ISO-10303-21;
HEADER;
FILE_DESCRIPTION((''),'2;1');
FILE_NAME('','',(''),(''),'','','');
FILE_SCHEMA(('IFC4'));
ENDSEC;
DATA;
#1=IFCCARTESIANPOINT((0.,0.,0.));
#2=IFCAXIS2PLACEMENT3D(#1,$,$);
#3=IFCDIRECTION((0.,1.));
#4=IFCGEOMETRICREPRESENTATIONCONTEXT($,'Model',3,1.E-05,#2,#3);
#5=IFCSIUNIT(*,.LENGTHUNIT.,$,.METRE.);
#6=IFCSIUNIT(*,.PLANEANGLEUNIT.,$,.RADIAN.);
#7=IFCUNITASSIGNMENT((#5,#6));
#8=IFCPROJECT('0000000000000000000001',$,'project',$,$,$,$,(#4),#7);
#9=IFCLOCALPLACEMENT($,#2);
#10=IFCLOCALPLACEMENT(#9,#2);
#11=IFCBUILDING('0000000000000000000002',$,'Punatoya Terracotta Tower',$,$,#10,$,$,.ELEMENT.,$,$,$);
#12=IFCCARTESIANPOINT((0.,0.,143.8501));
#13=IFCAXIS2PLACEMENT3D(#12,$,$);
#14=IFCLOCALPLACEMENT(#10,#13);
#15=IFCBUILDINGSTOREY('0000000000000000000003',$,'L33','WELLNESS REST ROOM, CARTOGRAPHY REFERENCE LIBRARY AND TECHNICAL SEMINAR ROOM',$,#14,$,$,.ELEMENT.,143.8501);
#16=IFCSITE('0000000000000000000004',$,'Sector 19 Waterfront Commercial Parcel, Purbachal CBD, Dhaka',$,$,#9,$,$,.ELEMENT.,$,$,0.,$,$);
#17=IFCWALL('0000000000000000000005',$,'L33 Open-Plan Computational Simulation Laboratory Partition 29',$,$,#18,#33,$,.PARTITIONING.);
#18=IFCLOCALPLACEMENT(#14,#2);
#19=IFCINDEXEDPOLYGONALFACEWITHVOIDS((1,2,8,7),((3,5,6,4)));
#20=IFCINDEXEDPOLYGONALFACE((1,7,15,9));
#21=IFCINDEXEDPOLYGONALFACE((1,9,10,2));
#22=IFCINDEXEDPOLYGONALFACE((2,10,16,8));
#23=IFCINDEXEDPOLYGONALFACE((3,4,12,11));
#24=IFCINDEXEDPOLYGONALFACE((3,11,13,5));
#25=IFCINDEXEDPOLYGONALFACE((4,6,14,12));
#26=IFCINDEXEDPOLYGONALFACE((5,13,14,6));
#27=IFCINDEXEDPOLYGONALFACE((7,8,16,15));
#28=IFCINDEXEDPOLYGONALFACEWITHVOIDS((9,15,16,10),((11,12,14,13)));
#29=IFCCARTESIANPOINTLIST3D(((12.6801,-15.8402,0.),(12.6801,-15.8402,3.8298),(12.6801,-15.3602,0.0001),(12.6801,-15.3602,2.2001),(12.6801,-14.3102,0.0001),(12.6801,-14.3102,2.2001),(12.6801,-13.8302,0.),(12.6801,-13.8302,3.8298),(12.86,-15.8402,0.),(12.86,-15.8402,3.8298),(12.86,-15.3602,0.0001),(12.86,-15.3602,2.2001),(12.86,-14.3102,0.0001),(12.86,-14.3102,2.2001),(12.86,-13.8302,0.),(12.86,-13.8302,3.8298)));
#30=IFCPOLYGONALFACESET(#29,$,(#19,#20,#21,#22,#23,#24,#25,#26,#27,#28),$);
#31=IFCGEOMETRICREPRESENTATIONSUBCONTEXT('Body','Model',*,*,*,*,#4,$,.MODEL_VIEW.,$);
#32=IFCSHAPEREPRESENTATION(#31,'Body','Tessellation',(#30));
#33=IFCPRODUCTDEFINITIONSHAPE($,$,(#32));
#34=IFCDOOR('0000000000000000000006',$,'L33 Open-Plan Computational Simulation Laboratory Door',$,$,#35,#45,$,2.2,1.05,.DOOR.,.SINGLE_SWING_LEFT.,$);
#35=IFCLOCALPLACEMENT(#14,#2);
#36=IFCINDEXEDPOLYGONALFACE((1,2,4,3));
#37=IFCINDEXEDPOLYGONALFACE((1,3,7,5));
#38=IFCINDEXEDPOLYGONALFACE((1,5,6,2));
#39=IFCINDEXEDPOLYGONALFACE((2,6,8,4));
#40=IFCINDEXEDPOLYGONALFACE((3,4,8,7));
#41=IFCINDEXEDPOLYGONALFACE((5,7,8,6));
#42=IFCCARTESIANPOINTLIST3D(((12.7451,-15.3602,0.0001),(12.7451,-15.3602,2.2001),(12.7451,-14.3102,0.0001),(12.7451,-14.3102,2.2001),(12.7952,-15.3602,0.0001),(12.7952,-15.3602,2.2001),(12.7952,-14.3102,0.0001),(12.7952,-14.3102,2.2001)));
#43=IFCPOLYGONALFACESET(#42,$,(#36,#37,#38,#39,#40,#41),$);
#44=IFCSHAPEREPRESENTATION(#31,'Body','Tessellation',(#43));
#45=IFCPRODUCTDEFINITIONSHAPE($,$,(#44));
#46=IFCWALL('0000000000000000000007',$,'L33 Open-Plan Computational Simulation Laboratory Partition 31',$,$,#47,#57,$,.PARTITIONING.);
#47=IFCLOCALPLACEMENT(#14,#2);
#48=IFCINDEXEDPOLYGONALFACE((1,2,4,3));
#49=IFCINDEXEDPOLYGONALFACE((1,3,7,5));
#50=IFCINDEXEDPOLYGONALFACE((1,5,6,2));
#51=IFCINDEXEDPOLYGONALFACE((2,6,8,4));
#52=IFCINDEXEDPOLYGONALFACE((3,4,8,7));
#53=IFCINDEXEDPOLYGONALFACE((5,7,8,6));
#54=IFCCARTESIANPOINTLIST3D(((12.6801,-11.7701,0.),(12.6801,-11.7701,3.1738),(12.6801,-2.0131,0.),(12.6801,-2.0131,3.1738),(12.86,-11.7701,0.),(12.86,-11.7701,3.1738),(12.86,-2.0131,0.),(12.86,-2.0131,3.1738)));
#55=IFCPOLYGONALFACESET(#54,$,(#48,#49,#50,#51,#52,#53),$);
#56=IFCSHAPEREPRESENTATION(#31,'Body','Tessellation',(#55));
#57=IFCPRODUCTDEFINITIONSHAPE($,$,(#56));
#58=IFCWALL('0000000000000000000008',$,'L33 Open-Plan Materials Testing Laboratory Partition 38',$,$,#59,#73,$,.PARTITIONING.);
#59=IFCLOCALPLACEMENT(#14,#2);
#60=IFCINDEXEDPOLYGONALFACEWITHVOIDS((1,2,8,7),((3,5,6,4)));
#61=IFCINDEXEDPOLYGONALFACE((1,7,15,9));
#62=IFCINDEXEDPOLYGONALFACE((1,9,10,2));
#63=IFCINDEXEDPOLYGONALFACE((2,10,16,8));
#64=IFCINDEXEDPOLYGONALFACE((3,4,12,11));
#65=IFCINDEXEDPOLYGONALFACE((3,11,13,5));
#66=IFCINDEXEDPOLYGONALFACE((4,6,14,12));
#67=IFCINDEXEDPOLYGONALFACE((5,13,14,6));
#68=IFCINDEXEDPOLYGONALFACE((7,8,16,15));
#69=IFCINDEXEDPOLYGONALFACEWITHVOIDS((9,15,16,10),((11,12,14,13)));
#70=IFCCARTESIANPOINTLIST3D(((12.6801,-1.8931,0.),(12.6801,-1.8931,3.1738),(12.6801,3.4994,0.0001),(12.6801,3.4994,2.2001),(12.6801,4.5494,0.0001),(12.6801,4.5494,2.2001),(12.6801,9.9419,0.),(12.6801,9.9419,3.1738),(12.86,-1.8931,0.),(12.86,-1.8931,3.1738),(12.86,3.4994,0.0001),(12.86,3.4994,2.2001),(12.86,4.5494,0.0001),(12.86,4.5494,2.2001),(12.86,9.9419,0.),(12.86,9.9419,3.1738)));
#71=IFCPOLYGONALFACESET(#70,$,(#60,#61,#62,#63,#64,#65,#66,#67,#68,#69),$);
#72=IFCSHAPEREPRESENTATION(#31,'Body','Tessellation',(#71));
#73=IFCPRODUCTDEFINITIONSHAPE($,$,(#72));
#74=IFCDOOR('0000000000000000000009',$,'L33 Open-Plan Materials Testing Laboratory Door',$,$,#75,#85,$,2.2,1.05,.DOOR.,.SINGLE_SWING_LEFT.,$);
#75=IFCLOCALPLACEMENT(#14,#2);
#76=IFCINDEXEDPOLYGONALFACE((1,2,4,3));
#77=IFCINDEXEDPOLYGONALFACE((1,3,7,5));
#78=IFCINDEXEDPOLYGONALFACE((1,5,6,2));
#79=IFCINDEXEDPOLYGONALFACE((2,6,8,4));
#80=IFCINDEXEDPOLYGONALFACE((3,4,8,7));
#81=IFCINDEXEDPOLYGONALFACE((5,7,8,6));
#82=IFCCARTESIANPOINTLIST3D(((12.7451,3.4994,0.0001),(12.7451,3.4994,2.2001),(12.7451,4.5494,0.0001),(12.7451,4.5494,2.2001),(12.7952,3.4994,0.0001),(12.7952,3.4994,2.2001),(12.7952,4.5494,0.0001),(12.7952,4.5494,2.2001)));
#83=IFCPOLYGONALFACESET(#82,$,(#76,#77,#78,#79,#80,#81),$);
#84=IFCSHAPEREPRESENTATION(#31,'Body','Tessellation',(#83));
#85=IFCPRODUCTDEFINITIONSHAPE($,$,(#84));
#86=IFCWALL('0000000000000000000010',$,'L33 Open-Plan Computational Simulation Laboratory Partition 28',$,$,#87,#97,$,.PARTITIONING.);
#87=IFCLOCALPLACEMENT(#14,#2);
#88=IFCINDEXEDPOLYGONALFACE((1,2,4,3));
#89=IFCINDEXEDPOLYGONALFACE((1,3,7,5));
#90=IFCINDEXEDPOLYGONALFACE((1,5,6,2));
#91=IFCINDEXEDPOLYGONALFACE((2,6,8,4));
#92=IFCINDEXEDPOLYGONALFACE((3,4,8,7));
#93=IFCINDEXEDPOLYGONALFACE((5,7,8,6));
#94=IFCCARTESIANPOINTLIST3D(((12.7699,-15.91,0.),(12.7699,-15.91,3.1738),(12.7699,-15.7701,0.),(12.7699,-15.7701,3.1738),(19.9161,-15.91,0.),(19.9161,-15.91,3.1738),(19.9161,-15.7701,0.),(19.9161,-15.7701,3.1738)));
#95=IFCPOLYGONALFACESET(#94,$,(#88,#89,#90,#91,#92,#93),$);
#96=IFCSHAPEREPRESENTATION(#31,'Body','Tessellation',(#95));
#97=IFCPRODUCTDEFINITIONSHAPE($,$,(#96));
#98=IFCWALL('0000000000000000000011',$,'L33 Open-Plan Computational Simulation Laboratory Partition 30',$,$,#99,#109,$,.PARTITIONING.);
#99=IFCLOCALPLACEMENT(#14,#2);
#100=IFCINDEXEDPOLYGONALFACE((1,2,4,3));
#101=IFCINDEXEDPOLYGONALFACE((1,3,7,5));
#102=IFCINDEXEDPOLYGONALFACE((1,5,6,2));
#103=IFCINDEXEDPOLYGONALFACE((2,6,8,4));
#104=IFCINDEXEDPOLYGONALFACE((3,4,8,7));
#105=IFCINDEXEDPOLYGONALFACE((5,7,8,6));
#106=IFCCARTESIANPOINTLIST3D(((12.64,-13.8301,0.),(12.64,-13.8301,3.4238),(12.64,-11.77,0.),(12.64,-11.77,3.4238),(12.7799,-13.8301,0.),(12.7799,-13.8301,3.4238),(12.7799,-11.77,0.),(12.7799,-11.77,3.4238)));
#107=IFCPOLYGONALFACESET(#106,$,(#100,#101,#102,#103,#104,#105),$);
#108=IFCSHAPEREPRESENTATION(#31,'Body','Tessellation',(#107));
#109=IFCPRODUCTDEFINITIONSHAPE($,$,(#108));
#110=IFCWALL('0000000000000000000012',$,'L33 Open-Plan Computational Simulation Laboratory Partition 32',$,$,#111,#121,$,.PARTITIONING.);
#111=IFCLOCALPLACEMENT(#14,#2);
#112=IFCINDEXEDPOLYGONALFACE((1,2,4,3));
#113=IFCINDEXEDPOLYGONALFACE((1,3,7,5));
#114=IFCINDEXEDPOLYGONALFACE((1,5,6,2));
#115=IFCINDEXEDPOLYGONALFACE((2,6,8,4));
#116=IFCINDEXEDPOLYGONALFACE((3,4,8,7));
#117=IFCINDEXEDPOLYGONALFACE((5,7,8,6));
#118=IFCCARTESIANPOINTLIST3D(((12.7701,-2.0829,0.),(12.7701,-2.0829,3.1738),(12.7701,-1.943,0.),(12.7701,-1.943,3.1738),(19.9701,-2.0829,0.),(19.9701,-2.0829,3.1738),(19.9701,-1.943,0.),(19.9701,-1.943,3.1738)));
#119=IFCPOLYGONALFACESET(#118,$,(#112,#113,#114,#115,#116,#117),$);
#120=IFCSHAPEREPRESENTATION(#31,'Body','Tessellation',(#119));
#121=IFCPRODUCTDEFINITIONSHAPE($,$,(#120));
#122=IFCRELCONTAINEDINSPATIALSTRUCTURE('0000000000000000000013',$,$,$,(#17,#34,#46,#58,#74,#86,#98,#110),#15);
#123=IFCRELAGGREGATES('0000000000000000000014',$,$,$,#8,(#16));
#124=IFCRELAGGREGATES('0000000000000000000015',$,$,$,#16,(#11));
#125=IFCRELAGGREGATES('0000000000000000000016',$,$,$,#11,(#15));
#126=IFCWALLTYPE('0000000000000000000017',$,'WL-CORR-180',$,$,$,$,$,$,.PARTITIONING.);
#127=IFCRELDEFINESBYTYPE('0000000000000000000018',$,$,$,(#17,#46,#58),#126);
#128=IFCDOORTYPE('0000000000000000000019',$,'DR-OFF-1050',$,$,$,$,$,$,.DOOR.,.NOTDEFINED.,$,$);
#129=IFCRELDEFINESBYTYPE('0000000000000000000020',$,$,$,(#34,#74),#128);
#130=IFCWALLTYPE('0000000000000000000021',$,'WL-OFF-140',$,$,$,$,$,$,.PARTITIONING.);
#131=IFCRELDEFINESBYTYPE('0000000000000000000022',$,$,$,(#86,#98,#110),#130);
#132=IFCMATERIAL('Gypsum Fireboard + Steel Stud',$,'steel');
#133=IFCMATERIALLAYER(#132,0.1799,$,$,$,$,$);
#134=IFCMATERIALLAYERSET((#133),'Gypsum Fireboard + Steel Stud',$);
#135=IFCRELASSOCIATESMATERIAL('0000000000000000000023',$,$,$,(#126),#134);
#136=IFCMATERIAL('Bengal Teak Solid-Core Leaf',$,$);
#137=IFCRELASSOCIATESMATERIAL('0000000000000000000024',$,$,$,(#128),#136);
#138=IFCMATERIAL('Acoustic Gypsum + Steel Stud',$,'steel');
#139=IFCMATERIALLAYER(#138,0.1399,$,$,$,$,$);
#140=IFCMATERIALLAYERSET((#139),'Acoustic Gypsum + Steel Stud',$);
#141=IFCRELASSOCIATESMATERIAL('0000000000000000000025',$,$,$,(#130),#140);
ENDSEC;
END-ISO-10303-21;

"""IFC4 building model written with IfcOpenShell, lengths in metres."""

from ifc_helpers import new_model, si_unit, direction, frame, frame_2d, origin, place, context, subcontext, project, spatial, rectangle, extrude, material, layer, layer_set, type_object, element, fill, save


model = new_model("IFC4")

# Units and contexts
model_context = context("Model", 3, precision=1e-05, world=origin(), true_north=direction((0.0, 1.0)))
body_context = subcontext(model_context, "Body", "Model", "MODEL_VIEW")
ifc_project = project(units=[si_unit("LENGTHUNIT", "METRE"), si_unit("PLANEANGLEUNIT", "RADIAN")], contexts=[model_context])

# Site, building, storey
site_placement = place(None, origin())
site = spatial("IfcSite", under=ifc_project, at=site_placement, Name="Sector 19 Waterfront Commercial Parcel, Purbachal CBD, Dhaka", CompositionType="ELEMENT", RefElevation=0.0)
building_placement = place(site_placement, origin())
building = spatial("IfcBuilding", under=site, at=building_placement, Name="Punatoya Terracotta Tower", CompositionType="ELEMENT")
storey_placement = place(building_placement, frame((0.0, 0.0, 143.8501)))
storey = spatial("IfcBuildingStorey", under=building, at=storey_placement, Name="L33", Description="WELLNESS REST ROOM, CARTOGRAPHY REFERENCE LIBRARY AND TECHNICAL SEMINAR ROOM", CompositionType="ELEMENT", Elevation=143.8501)

# Wall, opening, door
ifc_material_1 = material(Name="Gypsum Fireboard + Steel Stud", Category="steel")
ifc_layer_1 = layer(ifc_material_1, 0.1799)
ifc_layer_set_1 = layer_set([ifc_layer_1], Name="Gypsum Fireboard + Steel Stud")
wall_type_1 = type_object("IfcWallType", Name="WL-CORR-180", PredefinedType="PARTITIONING", material=ifc_layer_set_1)
wall_1_placement = place(storey_placement, frame((12.77, -15.8401, 0.0), z_axis=(0.0, 0.0, 1.0), x_axis=(0.0, 1.0, 0.0)))
wall_1 = element("IfcWall", 1, at=wall_1_placement, inside=storey, type_object=wall_type_1, Name="L33 Open-Plan Computational Simulation Laboratory Partition 29", PredefinedType="PARTITIONING", context=body_context, shape_type="SweptSolid", body=[
    extrude(rectangle(XDim=2.01, YDim=0.1799, at=frame_2d((1.0049, 0.0))), origin(), (0.0, 0.0, 1.0), 3.8298),
])
opening_1_placement = place(wall_1_placement, frame((0.48, 0.0, 0.0)))
opening_1 = element("IfcOpeningElement", 2, at=opening_1_placement, cuts=wall_1, PredefinedType="OPENING", context=body_context, shape_type="SweptSolid", body=[
    extrude(rectangle(XDim=1.05, YDim=2.2, at=frame_2d((0.5249, 1.1001))), frame((0.0, 0.0999, 0.0), z_axis=(0.0, -1.0, 0.0), x_axis=(1.0, 0.0, 0.0)), (0.0, 0.0, 1.0), 0.2),
])
ifc_material_2 = material(Name="Bengal Teak Solid-Core Leaf")
door_type = type_object("IfcDoorType", Name="DR-OFF-1050", OperationType="NOTDEFINED", PredefinedType="DOOR", material=ifc_material_2)
door_1_placement = place(opening_1_placement, origin())
door_1 = element("IfcDoor", 3, at=door_1_placement, inside=storey, type_object=door_type, Name="L33 Open-Plan Computational Simulation Laboratory Door", OperationType="SINGLE_SWING_LEFT", OverallHeight=2.2, OverallWidth=1.05, PredefinedType="DOOR", context=body_context, shape_type="SweptSolid", body=[
    extrude(rectangle(XDim=1.05, YDim=2.2, at=frame_2d((0.5249, 1.1001))), frame((0.0, 0.0249, 0.0), z_axis=(0.0, -1.0, 0.0), x_axis=(1.0, 0.0, 0.0)), (0.0, 0.0, 1.0), 0.05),
])
fill(opening_1, door_1)

# Wall
wall_2_placement = place(storey_placement, frame((12.77, -11.77, 0.0), z_axis=(0.0, 0.0, 1.0), x_axis=(0.0, 1.0, 0.0)))
element("IfcWall", 4, at=wall_2_placement, inside=storey, type_object=wall_type_1, Name="L33 Open-Plan Computational Simulation Laboratory Partition 31", PredefinedType="PARTITIONING", context=body_context, shape_type="SweptSolid", body=[
    extrude(rectangle(XDim=9.7571, YDim=0.1799, at=frame_2d((4.8784, 0.0))), origin(), (0.0, 0.0, 1.0), 3.1738),
])

# Wall, opening, door
wall_3_placement = place(storey_placement, frame((12.77, -1.8931, 0.0), z_axis=(0.0, 0.0, 1.0), x_axis=(0.0, 1.0, 0.0)))
wall_3 = element("IfcWall", 5, at=wall_3_placement, inside=storey, type_object=wall_type_1, Name="L33 Open-Plan Materials Testing Laboratory Partition 38", PredefinedType="PARTITIONING", context=body_context, shape_type="SweptSolid", body=[
    extrude(rectangle(XDim=11.835, YDim=0.1799, at=frame_2d((5.9175, 0.0))), origin(), (0.0, 0.0, 1.0), 3.1738),
])
opening_2_placement = place(wall_3_placement, frame((5.3926, 0.0, 0.0)))
opening_2 = element("IfcOpeningElement", 6, at=opening_2_placement, cuts=wall_3, PredefinedType="OPENING", context=body_context, shape_type="SweptSolid", body=[
    extrude(rectangle(XDim=1.05, YDim=2.2, at=frame_2d((0.5249, 1.1001))), frame((0.0, 0.0999, 0.0), z_axis=(0.0, -1.0, 0.0), x_axis=(1.0, 0.0, 0.0)), (0.0, 0.0, 1.0), 0.2),
])
door_2_placement = place(opening_2_placement, origin())
door_2 = element("IfcDoor", 7, at=door_2_placement, inside=storey, type_object=door_type, Name="L33 Open-Plan Materials Testing Laboratory Door", OperationType="SINGLE_SWING_LEFT", OverallHeight=2.2, OverallWidth=1.05, PredefinedType="DOOR", context=body_context, shape_type="SweptSolid", body=[
    extrude(rectangle(XDim=1.05, YDim=2.2, at=frame_2d((0.5249, 1.1001))), frame((0.0, 0.0249, 0.0), z_axis=(0.0, -1.0, 0.0), x_axis=(1.0, 0.0, 0.0)), (0.0, 0.0, 1.0), 0.05),
])
fill(opening_2, door_2)

# Walls
ifc_material_3 = material(Name="Acoustic Gypsum + Steel Stud", Category="steel")
ifc_layer_2 = layer(ifc_material_3, 0.1399)
ifc_layer_set_2 = layer_set([ifc_layer_2], Name="Acoustic Gypsum + Steel Stud")
wall_type_2 = type_object("IfcWallType", Name="WL-OFF-140", PredefinedType="PARTITIONING", material=ifc_layer_set_2)
wall_4_placement = place(storey_placement, frame((19.9163, -15.8401, 0.0), z_axis=(0.0, 0.0, 1.0), x_axis=(-1.0, 0.0, 0.0)))
element("IfcWall", 8, at=wall_4_placement, inside=storey, type_object=wall_type_2, Name="L33 Open-Plan Computational Simulation Laboratory Partition 28", PredefinedType="PARTITIONING", context=body_context, shape_type="SweptSolid", body=[
    extrude(rectangle(XDim=7.1462, YDim=0.1399, at=frame_2d((3.5732, 0.0))), origin(), (0.0, 0.0, 1.0), 3.1738),
])
wall_5_placement = place(storey_placement, frame((12.71, -13.8301, 0.0), z_axis=(0.0, 0.0, 1.0), x_axis=(0.0, 1.0, 0.0)))
element("IfcWall", 9, at=wall_5_placement, inside=storey, type_object=wall_type_2, Name="L33 Open-Plan Computational Simulation Laboratory Partition 30", PredefinedType="PARTITIONING", context=body_context, shape_type="SweptSolid", body=[
    extrude(rectangle(XDim=2.0601, YDim=0.1399, at=frame_2d((1.03, 0.0))), origin(), (0.0, 0.0, 1.0), 3.4238),
])
wall_6_placement = place(storey_placement, frame((12.77, -2.0129, 0.0), z_axis=(0.0, 0.0, 1.0), x_axis=(1.0, 0.0, 0.0)))
element("IfcWall", 10, at=wall_6_placement, inside=storey, type_object=wall_type_2, Name="L33 Open-Plan Computational Simulation Laboratory Partition 32", PredefinedType="PARTITIONING", context=body_context, shape_type="SweptSolid", body=[
    extrude(rectangle(XDim=7.2, YDim=0.1399, at=frame_2d((3.6001, 0.0))), origin(), (0.0, 0.0, 1.0), 3.1738),
])

save(model, "model.ifc")
